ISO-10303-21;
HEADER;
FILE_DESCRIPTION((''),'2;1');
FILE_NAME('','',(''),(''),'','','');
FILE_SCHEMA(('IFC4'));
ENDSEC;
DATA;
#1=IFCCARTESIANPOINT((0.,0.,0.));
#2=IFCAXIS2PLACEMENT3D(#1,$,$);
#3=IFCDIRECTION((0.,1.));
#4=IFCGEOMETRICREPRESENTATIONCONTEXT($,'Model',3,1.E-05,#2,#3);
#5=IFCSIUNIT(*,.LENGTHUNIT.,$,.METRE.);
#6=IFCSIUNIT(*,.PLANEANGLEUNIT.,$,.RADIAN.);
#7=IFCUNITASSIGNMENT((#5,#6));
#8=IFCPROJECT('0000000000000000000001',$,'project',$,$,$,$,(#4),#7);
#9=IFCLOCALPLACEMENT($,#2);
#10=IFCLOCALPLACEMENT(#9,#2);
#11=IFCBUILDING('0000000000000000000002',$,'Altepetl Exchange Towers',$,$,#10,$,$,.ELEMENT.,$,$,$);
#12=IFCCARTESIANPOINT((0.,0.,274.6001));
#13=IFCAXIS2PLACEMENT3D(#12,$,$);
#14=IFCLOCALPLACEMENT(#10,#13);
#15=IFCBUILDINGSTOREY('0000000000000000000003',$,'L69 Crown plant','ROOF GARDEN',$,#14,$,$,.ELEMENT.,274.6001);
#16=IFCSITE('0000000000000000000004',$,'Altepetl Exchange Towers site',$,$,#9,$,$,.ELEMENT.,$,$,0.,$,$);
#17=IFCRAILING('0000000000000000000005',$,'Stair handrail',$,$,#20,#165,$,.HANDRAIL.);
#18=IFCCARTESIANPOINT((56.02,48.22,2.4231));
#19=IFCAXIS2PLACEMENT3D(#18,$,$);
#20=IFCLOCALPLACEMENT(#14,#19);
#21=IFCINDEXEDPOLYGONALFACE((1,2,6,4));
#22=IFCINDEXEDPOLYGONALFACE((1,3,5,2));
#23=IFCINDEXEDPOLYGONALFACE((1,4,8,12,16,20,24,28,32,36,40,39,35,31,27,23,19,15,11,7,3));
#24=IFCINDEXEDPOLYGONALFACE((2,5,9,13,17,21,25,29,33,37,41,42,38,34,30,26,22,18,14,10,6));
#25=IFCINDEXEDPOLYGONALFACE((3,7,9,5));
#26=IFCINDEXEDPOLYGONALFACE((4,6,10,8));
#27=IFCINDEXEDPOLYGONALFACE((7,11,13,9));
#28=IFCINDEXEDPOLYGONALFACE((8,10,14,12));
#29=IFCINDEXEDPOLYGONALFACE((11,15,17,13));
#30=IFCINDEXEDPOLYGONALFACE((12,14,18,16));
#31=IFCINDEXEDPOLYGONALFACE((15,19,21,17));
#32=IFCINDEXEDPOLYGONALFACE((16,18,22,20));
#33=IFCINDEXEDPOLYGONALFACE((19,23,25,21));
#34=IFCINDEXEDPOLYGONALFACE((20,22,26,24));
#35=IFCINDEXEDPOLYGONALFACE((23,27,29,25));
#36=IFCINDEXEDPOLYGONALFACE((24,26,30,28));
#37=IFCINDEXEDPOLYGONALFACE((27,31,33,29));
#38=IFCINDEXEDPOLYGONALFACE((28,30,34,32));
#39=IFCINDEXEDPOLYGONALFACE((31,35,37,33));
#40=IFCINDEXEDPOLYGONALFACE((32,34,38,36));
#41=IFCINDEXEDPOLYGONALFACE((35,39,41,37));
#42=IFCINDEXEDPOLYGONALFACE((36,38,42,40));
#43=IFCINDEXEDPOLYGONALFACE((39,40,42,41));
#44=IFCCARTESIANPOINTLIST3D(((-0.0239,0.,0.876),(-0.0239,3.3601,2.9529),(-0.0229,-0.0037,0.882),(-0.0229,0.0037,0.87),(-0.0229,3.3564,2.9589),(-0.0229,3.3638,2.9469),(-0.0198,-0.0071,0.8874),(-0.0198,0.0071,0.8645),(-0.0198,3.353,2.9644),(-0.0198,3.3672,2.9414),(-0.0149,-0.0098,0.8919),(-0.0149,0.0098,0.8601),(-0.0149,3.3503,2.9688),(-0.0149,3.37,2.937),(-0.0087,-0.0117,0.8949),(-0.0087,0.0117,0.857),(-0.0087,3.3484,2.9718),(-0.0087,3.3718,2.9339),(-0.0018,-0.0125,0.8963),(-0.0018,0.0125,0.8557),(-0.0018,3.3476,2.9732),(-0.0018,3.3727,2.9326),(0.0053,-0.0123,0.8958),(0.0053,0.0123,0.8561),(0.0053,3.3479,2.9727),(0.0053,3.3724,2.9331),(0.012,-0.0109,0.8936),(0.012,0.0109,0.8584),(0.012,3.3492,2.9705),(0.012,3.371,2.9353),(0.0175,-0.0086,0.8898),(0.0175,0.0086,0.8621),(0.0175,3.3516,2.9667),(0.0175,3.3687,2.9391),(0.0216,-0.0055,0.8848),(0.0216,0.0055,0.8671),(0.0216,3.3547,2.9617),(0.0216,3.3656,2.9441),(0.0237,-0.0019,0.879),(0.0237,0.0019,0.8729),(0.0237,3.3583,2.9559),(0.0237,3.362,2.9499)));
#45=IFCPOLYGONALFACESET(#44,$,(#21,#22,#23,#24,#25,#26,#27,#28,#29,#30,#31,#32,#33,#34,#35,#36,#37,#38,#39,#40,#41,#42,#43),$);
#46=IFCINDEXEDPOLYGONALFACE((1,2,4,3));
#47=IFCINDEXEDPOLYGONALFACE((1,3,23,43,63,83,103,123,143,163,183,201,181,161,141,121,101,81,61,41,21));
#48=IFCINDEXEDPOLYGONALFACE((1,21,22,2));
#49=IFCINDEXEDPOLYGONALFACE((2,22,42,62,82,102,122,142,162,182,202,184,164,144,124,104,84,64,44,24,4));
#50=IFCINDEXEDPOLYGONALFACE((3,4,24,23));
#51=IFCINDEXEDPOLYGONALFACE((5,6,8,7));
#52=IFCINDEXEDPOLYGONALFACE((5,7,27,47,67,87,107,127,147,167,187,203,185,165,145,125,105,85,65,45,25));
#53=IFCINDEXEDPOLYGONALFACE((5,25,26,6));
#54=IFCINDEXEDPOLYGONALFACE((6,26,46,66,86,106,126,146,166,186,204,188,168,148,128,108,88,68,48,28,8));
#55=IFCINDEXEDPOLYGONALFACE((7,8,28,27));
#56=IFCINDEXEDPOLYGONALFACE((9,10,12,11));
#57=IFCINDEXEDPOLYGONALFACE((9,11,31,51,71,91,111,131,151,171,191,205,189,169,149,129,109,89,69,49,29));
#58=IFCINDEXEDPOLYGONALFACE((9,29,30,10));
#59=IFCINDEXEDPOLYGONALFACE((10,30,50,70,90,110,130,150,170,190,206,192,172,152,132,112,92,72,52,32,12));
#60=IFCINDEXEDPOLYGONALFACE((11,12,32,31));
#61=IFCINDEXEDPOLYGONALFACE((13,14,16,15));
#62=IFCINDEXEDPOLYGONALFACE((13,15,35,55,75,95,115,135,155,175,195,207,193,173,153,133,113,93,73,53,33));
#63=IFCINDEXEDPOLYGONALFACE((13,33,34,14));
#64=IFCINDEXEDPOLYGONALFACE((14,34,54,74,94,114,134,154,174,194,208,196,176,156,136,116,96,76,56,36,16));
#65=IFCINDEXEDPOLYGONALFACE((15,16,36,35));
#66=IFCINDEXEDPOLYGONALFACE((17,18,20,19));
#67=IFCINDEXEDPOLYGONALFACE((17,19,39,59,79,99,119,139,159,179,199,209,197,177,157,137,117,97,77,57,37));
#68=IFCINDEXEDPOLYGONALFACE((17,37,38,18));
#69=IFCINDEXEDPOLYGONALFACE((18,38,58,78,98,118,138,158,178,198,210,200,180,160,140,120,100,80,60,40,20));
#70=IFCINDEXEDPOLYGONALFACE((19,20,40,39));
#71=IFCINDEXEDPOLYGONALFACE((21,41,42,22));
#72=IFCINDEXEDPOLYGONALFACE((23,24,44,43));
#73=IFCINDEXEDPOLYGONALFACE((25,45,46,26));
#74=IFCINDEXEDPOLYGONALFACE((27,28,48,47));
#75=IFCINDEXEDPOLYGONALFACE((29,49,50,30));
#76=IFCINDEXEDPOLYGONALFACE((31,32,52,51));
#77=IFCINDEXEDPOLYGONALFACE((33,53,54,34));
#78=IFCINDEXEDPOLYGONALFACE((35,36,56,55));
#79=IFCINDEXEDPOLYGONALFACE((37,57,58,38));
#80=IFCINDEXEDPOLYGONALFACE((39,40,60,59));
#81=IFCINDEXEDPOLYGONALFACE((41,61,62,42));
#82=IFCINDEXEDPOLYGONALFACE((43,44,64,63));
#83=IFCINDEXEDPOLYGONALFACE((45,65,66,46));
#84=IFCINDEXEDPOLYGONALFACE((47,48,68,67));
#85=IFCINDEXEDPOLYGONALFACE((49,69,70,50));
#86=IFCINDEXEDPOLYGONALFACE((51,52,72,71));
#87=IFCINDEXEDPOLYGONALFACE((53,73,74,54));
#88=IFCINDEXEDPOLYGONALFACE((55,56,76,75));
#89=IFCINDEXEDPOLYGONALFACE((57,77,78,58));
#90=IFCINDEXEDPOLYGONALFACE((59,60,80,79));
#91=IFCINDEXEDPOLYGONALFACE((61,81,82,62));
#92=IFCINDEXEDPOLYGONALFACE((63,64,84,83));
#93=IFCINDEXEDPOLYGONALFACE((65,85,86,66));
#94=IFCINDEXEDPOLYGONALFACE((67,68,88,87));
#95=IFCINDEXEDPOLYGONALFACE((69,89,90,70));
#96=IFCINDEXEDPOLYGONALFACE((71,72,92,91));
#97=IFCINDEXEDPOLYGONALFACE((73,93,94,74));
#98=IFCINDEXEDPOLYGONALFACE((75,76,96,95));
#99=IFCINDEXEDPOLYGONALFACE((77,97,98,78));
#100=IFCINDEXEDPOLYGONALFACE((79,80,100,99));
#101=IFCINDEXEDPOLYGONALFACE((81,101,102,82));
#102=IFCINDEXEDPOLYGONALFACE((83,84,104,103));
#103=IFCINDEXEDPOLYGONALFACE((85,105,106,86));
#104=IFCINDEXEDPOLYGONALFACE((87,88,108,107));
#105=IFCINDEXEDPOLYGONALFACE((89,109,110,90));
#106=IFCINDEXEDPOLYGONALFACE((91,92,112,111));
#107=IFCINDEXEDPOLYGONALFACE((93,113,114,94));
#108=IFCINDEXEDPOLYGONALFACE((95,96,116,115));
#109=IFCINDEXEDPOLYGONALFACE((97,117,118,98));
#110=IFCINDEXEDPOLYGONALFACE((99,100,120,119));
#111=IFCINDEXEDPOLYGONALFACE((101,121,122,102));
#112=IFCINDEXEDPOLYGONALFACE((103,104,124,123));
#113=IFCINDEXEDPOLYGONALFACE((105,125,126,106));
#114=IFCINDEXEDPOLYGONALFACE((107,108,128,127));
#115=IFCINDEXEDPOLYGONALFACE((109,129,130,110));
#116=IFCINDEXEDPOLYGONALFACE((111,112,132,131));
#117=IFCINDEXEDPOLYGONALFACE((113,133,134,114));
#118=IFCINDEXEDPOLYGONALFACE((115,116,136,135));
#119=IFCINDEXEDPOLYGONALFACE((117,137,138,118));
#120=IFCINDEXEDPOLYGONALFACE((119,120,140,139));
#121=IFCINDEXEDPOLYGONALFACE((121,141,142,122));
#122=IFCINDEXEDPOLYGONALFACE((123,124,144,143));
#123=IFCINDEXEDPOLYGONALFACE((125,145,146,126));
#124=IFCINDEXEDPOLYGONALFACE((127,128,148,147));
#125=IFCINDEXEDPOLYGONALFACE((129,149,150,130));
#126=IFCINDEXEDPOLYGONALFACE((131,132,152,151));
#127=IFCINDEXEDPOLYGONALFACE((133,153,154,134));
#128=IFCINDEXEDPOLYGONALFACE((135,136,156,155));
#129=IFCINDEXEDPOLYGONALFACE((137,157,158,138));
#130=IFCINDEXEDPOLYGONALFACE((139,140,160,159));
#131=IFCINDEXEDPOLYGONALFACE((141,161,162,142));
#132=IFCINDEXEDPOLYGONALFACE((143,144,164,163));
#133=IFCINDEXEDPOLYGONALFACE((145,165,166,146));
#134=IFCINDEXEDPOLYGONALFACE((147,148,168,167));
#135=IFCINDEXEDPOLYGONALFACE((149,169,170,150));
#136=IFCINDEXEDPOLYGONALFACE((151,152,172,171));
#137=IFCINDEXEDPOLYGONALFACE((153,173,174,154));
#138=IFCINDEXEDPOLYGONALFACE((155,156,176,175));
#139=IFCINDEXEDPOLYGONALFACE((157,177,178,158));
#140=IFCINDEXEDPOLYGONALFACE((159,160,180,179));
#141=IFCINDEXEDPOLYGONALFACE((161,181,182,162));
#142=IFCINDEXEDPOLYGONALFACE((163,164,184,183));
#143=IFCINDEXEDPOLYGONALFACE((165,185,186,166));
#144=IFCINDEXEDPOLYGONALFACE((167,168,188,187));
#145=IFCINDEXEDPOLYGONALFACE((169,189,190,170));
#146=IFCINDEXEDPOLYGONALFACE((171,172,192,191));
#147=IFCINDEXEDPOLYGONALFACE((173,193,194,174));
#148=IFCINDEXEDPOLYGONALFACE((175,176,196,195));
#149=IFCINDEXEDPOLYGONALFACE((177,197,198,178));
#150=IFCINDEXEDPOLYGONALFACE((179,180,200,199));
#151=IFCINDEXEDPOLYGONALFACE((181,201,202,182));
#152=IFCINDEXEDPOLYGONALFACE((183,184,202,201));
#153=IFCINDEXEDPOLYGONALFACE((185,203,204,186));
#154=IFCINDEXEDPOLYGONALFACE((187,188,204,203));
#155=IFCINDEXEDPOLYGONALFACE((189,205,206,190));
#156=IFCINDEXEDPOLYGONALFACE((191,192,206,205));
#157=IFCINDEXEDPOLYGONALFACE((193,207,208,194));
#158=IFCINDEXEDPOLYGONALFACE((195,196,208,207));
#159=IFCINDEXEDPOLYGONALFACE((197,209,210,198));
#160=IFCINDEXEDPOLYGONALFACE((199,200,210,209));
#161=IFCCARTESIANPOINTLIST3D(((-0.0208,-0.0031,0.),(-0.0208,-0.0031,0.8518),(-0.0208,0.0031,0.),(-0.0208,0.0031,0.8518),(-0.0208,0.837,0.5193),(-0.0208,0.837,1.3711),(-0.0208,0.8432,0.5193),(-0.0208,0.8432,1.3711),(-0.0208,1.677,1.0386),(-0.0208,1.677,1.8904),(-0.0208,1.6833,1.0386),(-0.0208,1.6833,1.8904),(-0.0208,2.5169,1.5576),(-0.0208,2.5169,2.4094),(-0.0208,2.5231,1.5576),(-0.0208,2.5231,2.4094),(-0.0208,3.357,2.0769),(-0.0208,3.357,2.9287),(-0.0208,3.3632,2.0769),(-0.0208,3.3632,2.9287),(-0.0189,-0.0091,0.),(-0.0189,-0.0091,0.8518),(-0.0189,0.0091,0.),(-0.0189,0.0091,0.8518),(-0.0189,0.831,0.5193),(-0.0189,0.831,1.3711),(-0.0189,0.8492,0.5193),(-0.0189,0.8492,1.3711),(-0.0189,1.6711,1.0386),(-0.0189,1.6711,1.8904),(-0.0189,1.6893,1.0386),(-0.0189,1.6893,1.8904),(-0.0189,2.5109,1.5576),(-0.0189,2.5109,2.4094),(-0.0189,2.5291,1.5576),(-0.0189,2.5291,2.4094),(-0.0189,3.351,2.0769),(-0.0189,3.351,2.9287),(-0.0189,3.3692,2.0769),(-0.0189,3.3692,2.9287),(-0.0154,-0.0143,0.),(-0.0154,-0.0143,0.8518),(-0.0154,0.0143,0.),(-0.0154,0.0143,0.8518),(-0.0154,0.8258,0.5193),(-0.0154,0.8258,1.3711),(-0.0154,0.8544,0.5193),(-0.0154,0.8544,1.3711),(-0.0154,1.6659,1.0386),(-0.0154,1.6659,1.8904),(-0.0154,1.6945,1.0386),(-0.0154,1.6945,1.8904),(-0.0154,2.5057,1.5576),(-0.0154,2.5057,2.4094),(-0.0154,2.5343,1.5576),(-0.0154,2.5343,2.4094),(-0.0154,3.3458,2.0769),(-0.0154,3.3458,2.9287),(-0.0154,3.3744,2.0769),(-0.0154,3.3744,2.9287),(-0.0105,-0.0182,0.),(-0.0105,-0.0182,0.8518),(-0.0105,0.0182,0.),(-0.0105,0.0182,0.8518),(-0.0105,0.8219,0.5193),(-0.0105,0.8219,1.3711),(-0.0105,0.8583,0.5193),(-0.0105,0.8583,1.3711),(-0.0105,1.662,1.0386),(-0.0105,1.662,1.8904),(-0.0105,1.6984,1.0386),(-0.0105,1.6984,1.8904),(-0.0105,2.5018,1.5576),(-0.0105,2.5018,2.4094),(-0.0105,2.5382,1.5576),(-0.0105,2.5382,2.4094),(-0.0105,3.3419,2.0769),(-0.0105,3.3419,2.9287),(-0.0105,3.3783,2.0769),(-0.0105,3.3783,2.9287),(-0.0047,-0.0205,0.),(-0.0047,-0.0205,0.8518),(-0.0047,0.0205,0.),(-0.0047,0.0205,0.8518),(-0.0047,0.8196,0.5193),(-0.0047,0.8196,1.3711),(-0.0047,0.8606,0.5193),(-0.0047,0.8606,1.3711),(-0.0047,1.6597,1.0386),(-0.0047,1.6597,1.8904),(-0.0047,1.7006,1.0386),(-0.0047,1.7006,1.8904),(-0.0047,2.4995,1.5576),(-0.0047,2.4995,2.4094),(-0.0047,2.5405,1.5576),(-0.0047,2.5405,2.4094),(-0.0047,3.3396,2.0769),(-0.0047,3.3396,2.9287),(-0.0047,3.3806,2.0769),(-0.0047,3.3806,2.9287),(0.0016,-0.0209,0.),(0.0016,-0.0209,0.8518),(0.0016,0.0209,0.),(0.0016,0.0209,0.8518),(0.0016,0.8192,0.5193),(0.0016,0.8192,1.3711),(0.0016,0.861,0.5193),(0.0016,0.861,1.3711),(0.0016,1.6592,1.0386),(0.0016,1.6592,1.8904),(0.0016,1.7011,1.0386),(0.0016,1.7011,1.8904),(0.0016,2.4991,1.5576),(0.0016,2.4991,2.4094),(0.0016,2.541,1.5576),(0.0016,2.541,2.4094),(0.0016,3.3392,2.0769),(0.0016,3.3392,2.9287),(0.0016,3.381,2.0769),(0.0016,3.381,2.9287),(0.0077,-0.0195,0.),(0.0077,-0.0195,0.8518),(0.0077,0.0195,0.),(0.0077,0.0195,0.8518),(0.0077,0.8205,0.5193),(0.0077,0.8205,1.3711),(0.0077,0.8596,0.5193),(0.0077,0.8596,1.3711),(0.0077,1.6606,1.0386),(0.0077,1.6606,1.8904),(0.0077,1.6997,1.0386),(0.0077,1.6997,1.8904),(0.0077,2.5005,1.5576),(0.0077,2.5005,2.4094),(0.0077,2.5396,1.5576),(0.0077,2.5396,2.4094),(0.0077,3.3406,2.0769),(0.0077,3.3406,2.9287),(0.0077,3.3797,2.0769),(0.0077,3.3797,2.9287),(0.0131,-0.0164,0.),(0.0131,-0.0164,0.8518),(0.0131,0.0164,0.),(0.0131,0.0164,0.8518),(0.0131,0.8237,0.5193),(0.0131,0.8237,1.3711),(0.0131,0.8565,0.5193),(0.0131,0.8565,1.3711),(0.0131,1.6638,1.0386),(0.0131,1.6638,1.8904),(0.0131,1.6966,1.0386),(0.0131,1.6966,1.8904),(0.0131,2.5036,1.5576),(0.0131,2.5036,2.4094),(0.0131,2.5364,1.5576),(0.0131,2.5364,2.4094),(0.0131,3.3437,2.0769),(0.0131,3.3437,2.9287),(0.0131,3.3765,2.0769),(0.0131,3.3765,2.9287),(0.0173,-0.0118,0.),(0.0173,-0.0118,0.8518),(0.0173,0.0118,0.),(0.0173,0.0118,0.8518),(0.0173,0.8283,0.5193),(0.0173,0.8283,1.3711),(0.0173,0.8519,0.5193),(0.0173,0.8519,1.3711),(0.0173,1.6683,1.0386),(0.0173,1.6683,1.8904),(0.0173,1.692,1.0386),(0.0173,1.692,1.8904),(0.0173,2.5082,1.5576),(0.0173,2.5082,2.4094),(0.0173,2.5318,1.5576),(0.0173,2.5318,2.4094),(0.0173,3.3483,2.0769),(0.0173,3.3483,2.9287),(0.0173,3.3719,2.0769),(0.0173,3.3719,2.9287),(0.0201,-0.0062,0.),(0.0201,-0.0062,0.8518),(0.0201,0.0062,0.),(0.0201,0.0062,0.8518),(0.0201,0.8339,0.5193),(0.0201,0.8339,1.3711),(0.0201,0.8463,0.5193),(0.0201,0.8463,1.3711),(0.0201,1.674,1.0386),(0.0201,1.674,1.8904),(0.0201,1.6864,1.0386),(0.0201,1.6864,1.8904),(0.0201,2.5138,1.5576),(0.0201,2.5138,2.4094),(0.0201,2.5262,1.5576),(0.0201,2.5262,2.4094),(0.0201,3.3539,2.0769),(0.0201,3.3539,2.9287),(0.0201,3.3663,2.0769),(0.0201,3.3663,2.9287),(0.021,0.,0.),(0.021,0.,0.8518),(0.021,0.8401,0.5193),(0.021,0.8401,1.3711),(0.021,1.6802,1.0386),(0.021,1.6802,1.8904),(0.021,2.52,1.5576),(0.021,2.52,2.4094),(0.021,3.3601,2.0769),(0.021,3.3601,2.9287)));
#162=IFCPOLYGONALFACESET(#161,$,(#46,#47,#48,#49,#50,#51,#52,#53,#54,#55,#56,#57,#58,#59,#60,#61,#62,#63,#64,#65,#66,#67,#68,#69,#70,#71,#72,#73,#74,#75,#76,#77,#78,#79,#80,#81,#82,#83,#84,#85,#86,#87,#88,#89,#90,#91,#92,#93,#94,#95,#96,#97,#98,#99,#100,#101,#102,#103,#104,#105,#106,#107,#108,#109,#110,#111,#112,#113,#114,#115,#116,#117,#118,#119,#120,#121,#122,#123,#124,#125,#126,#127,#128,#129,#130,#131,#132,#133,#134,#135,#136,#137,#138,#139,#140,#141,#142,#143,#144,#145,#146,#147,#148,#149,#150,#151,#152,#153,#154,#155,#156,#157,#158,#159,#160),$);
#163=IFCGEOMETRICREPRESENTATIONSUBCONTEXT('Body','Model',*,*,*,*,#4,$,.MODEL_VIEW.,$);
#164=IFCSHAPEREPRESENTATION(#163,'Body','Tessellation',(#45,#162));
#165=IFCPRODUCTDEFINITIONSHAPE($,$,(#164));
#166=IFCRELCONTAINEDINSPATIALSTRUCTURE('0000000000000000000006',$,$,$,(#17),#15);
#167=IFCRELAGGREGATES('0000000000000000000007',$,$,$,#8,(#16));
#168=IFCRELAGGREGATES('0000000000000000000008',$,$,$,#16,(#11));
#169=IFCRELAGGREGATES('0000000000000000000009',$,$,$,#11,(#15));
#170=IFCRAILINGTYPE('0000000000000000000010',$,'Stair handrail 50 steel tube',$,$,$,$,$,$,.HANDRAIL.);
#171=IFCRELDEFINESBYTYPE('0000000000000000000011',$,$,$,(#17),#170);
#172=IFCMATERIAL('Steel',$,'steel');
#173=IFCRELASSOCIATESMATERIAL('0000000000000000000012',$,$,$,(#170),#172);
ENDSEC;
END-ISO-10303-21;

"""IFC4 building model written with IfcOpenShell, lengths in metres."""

from ifc_helpers import new_model, si_unit, direction, frame, origin, origin_2d, place, context, subcontext, project, spatial, circle, extrude, source, transform, mapped, material, type_object, element, save


model = new_model("IFC4")

# Units and contexts
model_context = context("Model", 3, precision=1e-05, world=origin(), true_north=direction((0.0, 1.0)))
body_context = subcontext(model_context, "Body", "Model", "MODEL_VIEW")
ifc_project = project(units=[si_unit("LENGTHUNIT", "METRE"), si_unit("PLANEANGLEUNIT", "RADIAN")], contexts=[model_context])

# Site, building, storey
site_placement = place(None, origin())
site = spatial("IfcSite", under=ifc_project, at=site_placement, Name="Altepetl Exchange Towers site", CompositionType="ELEMENT", RefElevation=0.0)
building_placement = place(site_placement, origin())
building = spatial("IfcBuilding", under=site, at=building_placement, Name="Altepetl Exchange Towers", CompositionType="ELEMENT")
storey_placement = place(building_placement, frame((0.0, 0.0, 274.6001)))
storey = spatial("IfcBuildingStorey", under=building, at=storey_placement, Name="L69 Crown plant", Description="ROOF GARDEN", CompositionType="ELEMENT", Elevation=274.6001)

# Railing
ifc_material_1 = material(Name="Steel", Category="steel")
railing_type = type_object("IfcRailingType", Name="Stair handrail 50 steel tube", PredefinedType="HANDRAIL", material=ifc_material_1)
shared_shape = source(origin(), body_context, "Body", "SweptSolid", [
    extrude(circle(Radius=0.021, at=origin_2d()), origin(), (0.0, 0.0, 1.0), 0.8518),
])
for number, where, name in (
    (1, (56.02, 48.22, 2.4231), "Stair handrail"),
):
    element("IfcRailing", number, at=place(storey_placement, frame(where)), inside=storey, type_object=railing_type, Name=name, PredefinedType="HANDRAIL", context=body_context, shape_type="SweptSolid", body=[
        extrude(circle(Radius=0.0239, at=origin_2d()), frame((0.0, 0.0, 0.876), z_axis=(0.0, 0.850623, 0.525776), x_axis=(-1.0, 0.0, 0.0)), (0.0, 0.0, 1.0), 3.9502),
        mapped(shared_shape, transform((0.0, 0.0, 0.0))),
        mapped(shared_shape, transform((0.0, 0.8401, 0.5193))),
        mapped(shared_shape, transform((0.0, 1.6802, 1.0386))),
        mapped(shared_shape, transform((0.0, 2.52, 1.5576))),
        mapped(shared_shape, transform((0.0, 3.3601, 2.0769))),
    ])

save(model, "model.ifc")
